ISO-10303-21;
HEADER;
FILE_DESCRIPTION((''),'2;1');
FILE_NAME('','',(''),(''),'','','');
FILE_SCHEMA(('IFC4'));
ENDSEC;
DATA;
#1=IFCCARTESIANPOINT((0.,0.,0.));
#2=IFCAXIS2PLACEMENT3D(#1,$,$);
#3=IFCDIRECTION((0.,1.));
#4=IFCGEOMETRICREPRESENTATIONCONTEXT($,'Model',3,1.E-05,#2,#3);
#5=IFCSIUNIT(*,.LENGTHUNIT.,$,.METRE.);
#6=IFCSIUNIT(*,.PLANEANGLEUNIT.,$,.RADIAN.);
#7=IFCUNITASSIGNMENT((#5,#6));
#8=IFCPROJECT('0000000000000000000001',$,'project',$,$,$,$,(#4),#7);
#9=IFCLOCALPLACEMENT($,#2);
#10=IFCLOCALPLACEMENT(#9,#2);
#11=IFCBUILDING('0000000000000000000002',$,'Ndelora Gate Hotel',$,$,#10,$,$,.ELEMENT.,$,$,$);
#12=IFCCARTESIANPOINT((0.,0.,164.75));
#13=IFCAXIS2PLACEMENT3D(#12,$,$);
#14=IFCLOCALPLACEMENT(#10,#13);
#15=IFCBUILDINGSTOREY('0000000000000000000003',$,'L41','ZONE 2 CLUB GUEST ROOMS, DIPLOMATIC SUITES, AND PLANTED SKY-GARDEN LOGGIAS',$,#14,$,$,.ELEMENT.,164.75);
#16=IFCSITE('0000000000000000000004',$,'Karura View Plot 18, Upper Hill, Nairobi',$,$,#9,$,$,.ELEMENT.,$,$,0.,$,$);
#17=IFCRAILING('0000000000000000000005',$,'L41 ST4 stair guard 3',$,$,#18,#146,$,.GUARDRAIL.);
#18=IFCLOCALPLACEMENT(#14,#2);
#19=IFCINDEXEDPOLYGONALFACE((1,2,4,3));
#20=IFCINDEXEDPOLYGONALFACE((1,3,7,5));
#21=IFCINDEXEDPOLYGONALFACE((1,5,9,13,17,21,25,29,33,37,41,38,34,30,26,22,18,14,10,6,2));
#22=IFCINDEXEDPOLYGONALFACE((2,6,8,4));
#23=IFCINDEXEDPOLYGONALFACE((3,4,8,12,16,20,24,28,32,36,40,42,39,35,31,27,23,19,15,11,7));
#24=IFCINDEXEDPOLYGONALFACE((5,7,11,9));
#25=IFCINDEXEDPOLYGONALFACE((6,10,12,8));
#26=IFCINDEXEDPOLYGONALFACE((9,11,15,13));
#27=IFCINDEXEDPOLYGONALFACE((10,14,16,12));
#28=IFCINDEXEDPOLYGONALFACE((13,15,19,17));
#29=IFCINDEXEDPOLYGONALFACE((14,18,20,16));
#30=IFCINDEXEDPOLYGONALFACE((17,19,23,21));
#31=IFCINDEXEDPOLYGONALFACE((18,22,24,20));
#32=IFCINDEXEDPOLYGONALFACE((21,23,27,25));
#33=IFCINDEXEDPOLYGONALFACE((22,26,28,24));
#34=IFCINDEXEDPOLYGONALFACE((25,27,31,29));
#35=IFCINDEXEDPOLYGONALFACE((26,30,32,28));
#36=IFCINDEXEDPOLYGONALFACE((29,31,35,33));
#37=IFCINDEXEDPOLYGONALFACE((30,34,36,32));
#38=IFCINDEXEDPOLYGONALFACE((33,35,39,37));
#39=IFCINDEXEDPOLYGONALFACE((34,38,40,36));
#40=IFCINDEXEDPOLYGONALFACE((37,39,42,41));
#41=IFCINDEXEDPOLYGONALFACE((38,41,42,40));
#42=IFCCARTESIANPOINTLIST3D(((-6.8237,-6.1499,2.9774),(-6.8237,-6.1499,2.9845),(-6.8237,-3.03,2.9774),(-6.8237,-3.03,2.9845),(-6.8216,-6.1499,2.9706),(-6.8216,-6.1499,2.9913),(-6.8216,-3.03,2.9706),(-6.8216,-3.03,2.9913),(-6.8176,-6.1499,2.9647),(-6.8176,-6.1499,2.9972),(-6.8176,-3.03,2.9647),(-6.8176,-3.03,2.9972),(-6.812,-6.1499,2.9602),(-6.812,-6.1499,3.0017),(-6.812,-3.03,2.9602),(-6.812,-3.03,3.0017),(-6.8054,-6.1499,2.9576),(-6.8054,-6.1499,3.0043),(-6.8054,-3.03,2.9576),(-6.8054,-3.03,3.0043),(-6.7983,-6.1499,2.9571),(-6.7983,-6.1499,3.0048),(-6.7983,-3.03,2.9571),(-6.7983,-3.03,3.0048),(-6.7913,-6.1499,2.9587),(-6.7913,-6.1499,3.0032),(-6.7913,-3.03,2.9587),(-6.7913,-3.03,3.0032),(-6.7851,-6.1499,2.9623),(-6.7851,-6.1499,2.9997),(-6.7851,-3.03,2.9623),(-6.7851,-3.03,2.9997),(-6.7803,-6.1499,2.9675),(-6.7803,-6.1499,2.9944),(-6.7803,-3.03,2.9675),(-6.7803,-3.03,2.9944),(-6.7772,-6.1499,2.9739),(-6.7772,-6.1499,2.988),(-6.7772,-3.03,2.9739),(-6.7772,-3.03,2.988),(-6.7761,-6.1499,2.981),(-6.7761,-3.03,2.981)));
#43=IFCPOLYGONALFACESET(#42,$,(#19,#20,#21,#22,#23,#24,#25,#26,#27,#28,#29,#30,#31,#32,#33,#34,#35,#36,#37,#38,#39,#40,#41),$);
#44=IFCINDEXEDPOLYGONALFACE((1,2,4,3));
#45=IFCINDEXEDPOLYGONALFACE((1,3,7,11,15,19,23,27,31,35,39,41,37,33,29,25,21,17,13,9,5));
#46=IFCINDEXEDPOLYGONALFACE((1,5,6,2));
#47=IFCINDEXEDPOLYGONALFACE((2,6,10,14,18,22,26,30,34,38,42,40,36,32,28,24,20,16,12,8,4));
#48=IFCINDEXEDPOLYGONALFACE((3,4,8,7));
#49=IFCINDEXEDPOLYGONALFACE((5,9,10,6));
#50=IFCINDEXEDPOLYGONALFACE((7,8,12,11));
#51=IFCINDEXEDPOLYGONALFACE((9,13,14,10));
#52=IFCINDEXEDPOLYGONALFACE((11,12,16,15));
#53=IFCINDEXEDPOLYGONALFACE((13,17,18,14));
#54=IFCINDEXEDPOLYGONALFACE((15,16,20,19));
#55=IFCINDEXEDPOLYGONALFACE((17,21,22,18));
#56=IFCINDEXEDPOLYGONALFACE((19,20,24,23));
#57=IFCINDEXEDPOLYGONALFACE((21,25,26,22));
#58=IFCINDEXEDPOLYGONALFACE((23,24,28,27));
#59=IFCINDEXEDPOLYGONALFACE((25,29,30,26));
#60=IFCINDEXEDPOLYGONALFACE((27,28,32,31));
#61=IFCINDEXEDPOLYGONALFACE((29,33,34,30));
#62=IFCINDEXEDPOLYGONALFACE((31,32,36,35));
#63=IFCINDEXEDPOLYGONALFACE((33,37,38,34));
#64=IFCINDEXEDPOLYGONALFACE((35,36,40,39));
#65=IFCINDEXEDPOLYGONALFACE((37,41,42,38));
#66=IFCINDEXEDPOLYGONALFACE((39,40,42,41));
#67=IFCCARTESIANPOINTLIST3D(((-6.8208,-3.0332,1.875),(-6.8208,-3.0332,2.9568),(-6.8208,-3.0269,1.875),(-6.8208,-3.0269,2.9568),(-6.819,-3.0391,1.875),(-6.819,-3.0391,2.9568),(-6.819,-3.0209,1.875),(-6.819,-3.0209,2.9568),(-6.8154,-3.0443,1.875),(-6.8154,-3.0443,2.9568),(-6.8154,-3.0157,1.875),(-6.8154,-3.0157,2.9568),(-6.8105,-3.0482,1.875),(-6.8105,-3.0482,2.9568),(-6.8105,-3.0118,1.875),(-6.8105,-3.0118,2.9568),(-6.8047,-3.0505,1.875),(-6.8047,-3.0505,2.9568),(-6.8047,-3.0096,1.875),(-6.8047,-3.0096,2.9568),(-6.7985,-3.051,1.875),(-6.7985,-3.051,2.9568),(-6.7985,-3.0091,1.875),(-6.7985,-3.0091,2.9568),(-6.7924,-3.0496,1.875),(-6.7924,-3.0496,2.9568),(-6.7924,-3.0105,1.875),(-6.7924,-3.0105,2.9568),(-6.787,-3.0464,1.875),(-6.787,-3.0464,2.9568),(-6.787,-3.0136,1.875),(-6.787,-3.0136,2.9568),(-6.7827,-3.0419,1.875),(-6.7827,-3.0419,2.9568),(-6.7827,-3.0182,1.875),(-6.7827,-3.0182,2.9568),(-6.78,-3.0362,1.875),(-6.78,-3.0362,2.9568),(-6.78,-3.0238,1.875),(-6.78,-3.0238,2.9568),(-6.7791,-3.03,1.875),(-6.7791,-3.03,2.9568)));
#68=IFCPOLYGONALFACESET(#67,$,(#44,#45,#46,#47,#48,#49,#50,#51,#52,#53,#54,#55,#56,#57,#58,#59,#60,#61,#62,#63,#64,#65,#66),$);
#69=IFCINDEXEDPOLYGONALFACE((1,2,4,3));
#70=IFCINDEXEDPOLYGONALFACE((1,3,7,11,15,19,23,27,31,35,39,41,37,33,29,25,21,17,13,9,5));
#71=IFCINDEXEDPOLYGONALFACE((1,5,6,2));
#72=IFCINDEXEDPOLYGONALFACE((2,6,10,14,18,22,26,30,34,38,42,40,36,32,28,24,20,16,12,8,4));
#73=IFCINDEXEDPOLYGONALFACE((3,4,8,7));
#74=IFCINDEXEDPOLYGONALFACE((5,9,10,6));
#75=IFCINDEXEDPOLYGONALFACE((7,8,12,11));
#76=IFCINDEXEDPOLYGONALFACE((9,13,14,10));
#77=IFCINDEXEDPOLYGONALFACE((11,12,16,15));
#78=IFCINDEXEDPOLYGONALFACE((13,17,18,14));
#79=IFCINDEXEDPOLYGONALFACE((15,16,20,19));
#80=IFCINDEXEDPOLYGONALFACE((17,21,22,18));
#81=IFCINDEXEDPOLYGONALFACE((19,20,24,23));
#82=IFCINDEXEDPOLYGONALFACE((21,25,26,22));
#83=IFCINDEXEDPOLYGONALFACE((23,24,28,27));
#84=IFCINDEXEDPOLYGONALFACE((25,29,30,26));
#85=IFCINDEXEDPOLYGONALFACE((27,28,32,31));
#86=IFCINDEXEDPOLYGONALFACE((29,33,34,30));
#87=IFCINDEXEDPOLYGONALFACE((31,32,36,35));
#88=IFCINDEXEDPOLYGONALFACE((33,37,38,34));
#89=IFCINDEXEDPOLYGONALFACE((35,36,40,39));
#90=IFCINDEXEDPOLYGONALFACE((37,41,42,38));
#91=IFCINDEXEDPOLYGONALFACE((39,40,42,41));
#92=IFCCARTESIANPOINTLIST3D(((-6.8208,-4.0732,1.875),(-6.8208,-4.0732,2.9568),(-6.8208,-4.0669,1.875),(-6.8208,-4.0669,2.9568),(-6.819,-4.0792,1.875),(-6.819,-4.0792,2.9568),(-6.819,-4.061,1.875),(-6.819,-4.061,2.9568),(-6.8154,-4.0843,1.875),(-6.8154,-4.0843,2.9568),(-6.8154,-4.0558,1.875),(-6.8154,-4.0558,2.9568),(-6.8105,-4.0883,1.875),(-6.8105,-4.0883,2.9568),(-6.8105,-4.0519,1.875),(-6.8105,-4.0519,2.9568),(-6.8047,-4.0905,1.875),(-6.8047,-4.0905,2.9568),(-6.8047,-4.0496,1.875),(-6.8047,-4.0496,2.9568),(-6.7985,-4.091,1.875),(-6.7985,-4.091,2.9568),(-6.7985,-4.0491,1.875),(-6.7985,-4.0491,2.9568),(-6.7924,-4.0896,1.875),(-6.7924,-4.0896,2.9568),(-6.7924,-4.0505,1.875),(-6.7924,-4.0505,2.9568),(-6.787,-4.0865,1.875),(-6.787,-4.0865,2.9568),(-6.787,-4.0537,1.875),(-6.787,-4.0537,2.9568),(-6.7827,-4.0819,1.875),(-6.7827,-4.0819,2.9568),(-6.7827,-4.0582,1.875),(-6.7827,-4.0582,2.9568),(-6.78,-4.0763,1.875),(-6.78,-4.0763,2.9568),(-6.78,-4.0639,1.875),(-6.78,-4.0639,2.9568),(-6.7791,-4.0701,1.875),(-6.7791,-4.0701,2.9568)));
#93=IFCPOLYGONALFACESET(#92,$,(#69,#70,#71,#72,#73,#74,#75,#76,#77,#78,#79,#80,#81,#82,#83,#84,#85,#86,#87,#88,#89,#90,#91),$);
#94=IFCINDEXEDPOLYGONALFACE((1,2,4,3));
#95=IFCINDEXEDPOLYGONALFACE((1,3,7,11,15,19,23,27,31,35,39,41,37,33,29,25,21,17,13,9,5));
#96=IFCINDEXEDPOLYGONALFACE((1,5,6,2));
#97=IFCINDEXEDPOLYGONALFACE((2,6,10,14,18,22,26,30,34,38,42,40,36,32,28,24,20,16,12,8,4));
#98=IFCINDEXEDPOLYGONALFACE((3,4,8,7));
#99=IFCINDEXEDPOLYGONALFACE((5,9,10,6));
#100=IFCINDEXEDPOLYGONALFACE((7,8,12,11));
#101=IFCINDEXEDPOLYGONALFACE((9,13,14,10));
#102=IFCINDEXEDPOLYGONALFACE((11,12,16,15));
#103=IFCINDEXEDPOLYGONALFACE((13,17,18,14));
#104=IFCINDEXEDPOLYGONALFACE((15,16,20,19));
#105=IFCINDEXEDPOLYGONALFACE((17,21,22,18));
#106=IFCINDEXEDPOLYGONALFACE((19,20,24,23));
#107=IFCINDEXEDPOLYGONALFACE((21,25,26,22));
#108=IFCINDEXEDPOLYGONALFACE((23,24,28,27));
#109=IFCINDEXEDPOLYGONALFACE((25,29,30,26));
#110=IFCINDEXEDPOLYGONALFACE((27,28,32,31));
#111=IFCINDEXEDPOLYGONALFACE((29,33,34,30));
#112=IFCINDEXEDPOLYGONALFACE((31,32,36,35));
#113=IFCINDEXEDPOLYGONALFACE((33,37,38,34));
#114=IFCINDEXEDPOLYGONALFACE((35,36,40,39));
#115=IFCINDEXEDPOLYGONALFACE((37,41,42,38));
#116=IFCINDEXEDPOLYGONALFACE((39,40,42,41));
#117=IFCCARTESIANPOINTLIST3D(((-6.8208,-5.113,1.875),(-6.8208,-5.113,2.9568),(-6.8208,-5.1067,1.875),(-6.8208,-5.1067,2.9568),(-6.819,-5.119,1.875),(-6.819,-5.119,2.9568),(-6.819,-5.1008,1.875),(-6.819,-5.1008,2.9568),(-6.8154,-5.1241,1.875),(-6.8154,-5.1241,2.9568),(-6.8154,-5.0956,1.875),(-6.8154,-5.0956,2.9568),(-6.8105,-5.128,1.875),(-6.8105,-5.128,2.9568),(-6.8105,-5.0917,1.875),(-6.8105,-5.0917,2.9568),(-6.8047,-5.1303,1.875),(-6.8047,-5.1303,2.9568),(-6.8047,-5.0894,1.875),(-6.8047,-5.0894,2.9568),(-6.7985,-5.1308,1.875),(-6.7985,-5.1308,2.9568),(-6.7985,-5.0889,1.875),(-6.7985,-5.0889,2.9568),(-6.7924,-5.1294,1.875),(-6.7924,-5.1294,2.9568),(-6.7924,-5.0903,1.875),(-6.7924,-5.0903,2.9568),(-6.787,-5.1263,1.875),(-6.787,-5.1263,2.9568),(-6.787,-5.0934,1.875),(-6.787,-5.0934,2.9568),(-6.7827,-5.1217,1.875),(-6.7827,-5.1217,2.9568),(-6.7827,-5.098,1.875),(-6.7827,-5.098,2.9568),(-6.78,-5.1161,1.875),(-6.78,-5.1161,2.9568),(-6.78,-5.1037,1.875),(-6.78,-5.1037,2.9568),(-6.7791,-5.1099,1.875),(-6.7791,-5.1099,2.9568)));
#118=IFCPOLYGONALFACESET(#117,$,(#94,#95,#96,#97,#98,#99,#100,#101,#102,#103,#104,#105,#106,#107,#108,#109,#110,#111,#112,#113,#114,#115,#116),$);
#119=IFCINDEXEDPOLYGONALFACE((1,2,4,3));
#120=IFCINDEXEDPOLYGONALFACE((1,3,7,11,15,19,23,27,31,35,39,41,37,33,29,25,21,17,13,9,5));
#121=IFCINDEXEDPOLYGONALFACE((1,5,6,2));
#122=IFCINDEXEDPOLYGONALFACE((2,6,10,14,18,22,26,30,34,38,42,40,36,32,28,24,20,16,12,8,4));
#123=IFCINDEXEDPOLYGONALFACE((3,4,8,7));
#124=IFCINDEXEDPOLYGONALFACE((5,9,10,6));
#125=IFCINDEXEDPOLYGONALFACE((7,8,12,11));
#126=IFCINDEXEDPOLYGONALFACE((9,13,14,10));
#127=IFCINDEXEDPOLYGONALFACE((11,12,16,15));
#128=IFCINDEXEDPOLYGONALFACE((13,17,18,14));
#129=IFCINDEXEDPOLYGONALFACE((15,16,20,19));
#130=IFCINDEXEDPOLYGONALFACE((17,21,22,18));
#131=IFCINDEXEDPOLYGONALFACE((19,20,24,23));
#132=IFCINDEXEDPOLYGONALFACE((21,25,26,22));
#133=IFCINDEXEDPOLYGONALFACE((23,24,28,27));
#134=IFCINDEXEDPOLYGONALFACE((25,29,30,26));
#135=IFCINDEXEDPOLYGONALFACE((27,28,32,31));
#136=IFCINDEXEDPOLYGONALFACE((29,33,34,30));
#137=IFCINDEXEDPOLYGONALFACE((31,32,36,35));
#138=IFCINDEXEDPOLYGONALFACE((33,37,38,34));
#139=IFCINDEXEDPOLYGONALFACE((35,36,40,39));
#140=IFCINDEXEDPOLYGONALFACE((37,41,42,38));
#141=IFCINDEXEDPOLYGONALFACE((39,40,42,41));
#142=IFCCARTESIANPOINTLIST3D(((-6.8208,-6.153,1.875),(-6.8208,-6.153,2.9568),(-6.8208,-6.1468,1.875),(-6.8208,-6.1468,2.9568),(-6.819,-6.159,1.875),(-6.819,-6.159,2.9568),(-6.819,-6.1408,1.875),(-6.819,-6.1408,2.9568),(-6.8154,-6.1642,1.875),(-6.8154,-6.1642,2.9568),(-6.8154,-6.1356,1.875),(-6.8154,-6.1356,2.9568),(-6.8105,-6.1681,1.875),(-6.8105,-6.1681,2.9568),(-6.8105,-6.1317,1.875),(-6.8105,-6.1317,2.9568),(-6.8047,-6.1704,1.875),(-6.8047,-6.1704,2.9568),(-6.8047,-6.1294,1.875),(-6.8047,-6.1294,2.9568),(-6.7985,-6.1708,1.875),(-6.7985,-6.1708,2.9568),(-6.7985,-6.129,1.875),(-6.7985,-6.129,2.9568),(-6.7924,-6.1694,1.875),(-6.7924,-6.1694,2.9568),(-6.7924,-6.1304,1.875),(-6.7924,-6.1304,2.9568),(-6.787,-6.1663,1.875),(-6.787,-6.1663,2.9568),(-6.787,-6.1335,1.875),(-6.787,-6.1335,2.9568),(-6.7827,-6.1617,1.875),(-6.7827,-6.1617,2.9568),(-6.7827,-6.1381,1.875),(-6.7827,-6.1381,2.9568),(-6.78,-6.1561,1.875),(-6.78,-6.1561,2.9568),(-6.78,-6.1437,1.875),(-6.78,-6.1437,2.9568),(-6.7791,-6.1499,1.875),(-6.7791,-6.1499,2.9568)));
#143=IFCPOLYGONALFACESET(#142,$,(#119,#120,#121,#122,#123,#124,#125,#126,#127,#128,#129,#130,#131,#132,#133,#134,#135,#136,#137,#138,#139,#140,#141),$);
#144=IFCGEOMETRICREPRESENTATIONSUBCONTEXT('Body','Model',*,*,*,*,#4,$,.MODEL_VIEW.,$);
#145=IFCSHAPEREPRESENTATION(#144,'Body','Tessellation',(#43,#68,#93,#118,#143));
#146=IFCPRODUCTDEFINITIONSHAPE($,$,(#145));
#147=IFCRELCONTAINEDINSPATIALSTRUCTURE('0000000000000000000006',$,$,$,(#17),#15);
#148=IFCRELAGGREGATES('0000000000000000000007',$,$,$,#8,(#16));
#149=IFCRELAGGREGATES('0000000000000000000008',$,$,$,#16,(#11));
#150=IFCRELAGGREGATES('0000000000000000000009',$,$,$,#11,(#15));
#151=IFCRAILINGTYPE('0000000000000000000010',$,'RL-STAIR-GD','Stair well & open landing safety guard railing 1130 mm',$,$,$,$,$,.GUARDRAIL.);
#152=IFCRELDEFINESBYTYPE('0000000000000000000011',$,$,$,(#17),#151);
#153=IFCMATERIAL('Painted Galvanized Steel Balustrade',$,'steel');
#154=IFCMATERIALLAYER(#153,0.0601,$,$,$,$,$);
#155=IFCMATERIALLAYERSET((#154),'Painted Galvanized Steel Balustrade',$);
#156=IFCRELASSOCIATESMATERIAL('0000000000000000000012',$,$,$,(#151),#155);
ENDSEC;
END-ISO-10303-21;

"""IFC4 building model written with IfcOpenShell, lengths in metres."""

from ifc_helpers import new_model, si_unit, direction, frame, origin, origin_2d, place, context, subcontext, project, spatial, circle, extrude, material, layer, layer_set, type_object, element, save


model = new_model("IFC4")

# Units and contexts
model_context = context("Model", 3, precision=1e-05, world=origin(), true_north=direction((0.0, 1.0)))
body_context = subcontext(model_context, "Body", "Model", "MODEL_VIEW")
ifc_project = project(units=[si_unit("LENGTHUNIT", "METRE"), si_unit("PLANEANGLEUNIT", "RADIAN")], contexts=[model_context])

# Site, building, storey
site_placement = place(None, origin())
site = spatial("IfcSite", under=ifc_project, at=site_placement, Name="Karura View Plot 18, Upper Hill, Nairobi", CompositionType="ELEMENT", RefElevation=0.0)
building_placement = place(site_placement, origin())
building = spatial("IfcBuilding", under=site, at=building_placement, Name="Ndelora Gate Hotel", CompositionType="ELEMENT")
storey_placement = place(building_placement, frame((0.0, 0.0, 164.75)))
storey = spatial("IfcBuildingStorey", under=building, at=storey_placement, Name="L41", Description="ZONE 2 CLUB GUEST ROOMS, DIPLOMATIC SUITES, AND PLANTED SKY-GARDEN LOGGIAS", CompositionType="ELEMENT", Elevation=164.75)

# Railing
ifc_material_1 = material(Name="Painted Galvanized Steel Balustrade", Category="steel")
ifc_layer_1 = layer(ifc_material_1, 0.0601)
ifc_layer_set_1 = layer_set([ifc_layer_1], Name="Painted Galvanized Steel Balustrade")
railing_type_1 = type_object("IfcRailingType", Name="RL-STAIR-GD", Description="Stair well & open landing safety guard railing 1130 mm", PredefinedType="GUARDRAIL", material=ifc_layer_set_1)
for number, where, name in (
    (1, (-6.8, -3.03, 1.875), "L41 ST4 stair guard 3"),
):
    element("IfcRailing", number, at=place(storey_placement, frame(where)), inside=storey, type_object=railing_type_1, Name=name, PredefinedType="GUARDRAIL", context=body_context, shape_type="SweptSolid", body=[
        extrude(circle(Radius=0.0239, at=origin_2d()), frame((0.0, 0.0, 1.106), z_axis=(0.0, -1.0, 0.0), x_axis=(1.0, 0.0, 0.0)), (0.0, 0.0, 1.0), 3.1199),
        extrude(circle(Radius=0.021, at=origin_2d()), origin(), (0.0, 0.0, 1.0), 1.0818),
        extrude(circle(Radius=0.021, at=origin_2d()), frame((0.0, -1.04, 0.0)), (0.0, 0.0, 1.0), 1.0818),
        extrude(circle(Radius=0.021, at=origin_2d()), frame((0.0, -2.0798, 0.0)), (0.0, 0.0, 1.0), 1.0818),
        extrude(circle(Radius=0.021, at=origin_2d()), frame((0.0, -3.1199, 0.0)), (0.0, 0.0, 1.0), 1.0818),
    ])

save(model, "model.ifc")
